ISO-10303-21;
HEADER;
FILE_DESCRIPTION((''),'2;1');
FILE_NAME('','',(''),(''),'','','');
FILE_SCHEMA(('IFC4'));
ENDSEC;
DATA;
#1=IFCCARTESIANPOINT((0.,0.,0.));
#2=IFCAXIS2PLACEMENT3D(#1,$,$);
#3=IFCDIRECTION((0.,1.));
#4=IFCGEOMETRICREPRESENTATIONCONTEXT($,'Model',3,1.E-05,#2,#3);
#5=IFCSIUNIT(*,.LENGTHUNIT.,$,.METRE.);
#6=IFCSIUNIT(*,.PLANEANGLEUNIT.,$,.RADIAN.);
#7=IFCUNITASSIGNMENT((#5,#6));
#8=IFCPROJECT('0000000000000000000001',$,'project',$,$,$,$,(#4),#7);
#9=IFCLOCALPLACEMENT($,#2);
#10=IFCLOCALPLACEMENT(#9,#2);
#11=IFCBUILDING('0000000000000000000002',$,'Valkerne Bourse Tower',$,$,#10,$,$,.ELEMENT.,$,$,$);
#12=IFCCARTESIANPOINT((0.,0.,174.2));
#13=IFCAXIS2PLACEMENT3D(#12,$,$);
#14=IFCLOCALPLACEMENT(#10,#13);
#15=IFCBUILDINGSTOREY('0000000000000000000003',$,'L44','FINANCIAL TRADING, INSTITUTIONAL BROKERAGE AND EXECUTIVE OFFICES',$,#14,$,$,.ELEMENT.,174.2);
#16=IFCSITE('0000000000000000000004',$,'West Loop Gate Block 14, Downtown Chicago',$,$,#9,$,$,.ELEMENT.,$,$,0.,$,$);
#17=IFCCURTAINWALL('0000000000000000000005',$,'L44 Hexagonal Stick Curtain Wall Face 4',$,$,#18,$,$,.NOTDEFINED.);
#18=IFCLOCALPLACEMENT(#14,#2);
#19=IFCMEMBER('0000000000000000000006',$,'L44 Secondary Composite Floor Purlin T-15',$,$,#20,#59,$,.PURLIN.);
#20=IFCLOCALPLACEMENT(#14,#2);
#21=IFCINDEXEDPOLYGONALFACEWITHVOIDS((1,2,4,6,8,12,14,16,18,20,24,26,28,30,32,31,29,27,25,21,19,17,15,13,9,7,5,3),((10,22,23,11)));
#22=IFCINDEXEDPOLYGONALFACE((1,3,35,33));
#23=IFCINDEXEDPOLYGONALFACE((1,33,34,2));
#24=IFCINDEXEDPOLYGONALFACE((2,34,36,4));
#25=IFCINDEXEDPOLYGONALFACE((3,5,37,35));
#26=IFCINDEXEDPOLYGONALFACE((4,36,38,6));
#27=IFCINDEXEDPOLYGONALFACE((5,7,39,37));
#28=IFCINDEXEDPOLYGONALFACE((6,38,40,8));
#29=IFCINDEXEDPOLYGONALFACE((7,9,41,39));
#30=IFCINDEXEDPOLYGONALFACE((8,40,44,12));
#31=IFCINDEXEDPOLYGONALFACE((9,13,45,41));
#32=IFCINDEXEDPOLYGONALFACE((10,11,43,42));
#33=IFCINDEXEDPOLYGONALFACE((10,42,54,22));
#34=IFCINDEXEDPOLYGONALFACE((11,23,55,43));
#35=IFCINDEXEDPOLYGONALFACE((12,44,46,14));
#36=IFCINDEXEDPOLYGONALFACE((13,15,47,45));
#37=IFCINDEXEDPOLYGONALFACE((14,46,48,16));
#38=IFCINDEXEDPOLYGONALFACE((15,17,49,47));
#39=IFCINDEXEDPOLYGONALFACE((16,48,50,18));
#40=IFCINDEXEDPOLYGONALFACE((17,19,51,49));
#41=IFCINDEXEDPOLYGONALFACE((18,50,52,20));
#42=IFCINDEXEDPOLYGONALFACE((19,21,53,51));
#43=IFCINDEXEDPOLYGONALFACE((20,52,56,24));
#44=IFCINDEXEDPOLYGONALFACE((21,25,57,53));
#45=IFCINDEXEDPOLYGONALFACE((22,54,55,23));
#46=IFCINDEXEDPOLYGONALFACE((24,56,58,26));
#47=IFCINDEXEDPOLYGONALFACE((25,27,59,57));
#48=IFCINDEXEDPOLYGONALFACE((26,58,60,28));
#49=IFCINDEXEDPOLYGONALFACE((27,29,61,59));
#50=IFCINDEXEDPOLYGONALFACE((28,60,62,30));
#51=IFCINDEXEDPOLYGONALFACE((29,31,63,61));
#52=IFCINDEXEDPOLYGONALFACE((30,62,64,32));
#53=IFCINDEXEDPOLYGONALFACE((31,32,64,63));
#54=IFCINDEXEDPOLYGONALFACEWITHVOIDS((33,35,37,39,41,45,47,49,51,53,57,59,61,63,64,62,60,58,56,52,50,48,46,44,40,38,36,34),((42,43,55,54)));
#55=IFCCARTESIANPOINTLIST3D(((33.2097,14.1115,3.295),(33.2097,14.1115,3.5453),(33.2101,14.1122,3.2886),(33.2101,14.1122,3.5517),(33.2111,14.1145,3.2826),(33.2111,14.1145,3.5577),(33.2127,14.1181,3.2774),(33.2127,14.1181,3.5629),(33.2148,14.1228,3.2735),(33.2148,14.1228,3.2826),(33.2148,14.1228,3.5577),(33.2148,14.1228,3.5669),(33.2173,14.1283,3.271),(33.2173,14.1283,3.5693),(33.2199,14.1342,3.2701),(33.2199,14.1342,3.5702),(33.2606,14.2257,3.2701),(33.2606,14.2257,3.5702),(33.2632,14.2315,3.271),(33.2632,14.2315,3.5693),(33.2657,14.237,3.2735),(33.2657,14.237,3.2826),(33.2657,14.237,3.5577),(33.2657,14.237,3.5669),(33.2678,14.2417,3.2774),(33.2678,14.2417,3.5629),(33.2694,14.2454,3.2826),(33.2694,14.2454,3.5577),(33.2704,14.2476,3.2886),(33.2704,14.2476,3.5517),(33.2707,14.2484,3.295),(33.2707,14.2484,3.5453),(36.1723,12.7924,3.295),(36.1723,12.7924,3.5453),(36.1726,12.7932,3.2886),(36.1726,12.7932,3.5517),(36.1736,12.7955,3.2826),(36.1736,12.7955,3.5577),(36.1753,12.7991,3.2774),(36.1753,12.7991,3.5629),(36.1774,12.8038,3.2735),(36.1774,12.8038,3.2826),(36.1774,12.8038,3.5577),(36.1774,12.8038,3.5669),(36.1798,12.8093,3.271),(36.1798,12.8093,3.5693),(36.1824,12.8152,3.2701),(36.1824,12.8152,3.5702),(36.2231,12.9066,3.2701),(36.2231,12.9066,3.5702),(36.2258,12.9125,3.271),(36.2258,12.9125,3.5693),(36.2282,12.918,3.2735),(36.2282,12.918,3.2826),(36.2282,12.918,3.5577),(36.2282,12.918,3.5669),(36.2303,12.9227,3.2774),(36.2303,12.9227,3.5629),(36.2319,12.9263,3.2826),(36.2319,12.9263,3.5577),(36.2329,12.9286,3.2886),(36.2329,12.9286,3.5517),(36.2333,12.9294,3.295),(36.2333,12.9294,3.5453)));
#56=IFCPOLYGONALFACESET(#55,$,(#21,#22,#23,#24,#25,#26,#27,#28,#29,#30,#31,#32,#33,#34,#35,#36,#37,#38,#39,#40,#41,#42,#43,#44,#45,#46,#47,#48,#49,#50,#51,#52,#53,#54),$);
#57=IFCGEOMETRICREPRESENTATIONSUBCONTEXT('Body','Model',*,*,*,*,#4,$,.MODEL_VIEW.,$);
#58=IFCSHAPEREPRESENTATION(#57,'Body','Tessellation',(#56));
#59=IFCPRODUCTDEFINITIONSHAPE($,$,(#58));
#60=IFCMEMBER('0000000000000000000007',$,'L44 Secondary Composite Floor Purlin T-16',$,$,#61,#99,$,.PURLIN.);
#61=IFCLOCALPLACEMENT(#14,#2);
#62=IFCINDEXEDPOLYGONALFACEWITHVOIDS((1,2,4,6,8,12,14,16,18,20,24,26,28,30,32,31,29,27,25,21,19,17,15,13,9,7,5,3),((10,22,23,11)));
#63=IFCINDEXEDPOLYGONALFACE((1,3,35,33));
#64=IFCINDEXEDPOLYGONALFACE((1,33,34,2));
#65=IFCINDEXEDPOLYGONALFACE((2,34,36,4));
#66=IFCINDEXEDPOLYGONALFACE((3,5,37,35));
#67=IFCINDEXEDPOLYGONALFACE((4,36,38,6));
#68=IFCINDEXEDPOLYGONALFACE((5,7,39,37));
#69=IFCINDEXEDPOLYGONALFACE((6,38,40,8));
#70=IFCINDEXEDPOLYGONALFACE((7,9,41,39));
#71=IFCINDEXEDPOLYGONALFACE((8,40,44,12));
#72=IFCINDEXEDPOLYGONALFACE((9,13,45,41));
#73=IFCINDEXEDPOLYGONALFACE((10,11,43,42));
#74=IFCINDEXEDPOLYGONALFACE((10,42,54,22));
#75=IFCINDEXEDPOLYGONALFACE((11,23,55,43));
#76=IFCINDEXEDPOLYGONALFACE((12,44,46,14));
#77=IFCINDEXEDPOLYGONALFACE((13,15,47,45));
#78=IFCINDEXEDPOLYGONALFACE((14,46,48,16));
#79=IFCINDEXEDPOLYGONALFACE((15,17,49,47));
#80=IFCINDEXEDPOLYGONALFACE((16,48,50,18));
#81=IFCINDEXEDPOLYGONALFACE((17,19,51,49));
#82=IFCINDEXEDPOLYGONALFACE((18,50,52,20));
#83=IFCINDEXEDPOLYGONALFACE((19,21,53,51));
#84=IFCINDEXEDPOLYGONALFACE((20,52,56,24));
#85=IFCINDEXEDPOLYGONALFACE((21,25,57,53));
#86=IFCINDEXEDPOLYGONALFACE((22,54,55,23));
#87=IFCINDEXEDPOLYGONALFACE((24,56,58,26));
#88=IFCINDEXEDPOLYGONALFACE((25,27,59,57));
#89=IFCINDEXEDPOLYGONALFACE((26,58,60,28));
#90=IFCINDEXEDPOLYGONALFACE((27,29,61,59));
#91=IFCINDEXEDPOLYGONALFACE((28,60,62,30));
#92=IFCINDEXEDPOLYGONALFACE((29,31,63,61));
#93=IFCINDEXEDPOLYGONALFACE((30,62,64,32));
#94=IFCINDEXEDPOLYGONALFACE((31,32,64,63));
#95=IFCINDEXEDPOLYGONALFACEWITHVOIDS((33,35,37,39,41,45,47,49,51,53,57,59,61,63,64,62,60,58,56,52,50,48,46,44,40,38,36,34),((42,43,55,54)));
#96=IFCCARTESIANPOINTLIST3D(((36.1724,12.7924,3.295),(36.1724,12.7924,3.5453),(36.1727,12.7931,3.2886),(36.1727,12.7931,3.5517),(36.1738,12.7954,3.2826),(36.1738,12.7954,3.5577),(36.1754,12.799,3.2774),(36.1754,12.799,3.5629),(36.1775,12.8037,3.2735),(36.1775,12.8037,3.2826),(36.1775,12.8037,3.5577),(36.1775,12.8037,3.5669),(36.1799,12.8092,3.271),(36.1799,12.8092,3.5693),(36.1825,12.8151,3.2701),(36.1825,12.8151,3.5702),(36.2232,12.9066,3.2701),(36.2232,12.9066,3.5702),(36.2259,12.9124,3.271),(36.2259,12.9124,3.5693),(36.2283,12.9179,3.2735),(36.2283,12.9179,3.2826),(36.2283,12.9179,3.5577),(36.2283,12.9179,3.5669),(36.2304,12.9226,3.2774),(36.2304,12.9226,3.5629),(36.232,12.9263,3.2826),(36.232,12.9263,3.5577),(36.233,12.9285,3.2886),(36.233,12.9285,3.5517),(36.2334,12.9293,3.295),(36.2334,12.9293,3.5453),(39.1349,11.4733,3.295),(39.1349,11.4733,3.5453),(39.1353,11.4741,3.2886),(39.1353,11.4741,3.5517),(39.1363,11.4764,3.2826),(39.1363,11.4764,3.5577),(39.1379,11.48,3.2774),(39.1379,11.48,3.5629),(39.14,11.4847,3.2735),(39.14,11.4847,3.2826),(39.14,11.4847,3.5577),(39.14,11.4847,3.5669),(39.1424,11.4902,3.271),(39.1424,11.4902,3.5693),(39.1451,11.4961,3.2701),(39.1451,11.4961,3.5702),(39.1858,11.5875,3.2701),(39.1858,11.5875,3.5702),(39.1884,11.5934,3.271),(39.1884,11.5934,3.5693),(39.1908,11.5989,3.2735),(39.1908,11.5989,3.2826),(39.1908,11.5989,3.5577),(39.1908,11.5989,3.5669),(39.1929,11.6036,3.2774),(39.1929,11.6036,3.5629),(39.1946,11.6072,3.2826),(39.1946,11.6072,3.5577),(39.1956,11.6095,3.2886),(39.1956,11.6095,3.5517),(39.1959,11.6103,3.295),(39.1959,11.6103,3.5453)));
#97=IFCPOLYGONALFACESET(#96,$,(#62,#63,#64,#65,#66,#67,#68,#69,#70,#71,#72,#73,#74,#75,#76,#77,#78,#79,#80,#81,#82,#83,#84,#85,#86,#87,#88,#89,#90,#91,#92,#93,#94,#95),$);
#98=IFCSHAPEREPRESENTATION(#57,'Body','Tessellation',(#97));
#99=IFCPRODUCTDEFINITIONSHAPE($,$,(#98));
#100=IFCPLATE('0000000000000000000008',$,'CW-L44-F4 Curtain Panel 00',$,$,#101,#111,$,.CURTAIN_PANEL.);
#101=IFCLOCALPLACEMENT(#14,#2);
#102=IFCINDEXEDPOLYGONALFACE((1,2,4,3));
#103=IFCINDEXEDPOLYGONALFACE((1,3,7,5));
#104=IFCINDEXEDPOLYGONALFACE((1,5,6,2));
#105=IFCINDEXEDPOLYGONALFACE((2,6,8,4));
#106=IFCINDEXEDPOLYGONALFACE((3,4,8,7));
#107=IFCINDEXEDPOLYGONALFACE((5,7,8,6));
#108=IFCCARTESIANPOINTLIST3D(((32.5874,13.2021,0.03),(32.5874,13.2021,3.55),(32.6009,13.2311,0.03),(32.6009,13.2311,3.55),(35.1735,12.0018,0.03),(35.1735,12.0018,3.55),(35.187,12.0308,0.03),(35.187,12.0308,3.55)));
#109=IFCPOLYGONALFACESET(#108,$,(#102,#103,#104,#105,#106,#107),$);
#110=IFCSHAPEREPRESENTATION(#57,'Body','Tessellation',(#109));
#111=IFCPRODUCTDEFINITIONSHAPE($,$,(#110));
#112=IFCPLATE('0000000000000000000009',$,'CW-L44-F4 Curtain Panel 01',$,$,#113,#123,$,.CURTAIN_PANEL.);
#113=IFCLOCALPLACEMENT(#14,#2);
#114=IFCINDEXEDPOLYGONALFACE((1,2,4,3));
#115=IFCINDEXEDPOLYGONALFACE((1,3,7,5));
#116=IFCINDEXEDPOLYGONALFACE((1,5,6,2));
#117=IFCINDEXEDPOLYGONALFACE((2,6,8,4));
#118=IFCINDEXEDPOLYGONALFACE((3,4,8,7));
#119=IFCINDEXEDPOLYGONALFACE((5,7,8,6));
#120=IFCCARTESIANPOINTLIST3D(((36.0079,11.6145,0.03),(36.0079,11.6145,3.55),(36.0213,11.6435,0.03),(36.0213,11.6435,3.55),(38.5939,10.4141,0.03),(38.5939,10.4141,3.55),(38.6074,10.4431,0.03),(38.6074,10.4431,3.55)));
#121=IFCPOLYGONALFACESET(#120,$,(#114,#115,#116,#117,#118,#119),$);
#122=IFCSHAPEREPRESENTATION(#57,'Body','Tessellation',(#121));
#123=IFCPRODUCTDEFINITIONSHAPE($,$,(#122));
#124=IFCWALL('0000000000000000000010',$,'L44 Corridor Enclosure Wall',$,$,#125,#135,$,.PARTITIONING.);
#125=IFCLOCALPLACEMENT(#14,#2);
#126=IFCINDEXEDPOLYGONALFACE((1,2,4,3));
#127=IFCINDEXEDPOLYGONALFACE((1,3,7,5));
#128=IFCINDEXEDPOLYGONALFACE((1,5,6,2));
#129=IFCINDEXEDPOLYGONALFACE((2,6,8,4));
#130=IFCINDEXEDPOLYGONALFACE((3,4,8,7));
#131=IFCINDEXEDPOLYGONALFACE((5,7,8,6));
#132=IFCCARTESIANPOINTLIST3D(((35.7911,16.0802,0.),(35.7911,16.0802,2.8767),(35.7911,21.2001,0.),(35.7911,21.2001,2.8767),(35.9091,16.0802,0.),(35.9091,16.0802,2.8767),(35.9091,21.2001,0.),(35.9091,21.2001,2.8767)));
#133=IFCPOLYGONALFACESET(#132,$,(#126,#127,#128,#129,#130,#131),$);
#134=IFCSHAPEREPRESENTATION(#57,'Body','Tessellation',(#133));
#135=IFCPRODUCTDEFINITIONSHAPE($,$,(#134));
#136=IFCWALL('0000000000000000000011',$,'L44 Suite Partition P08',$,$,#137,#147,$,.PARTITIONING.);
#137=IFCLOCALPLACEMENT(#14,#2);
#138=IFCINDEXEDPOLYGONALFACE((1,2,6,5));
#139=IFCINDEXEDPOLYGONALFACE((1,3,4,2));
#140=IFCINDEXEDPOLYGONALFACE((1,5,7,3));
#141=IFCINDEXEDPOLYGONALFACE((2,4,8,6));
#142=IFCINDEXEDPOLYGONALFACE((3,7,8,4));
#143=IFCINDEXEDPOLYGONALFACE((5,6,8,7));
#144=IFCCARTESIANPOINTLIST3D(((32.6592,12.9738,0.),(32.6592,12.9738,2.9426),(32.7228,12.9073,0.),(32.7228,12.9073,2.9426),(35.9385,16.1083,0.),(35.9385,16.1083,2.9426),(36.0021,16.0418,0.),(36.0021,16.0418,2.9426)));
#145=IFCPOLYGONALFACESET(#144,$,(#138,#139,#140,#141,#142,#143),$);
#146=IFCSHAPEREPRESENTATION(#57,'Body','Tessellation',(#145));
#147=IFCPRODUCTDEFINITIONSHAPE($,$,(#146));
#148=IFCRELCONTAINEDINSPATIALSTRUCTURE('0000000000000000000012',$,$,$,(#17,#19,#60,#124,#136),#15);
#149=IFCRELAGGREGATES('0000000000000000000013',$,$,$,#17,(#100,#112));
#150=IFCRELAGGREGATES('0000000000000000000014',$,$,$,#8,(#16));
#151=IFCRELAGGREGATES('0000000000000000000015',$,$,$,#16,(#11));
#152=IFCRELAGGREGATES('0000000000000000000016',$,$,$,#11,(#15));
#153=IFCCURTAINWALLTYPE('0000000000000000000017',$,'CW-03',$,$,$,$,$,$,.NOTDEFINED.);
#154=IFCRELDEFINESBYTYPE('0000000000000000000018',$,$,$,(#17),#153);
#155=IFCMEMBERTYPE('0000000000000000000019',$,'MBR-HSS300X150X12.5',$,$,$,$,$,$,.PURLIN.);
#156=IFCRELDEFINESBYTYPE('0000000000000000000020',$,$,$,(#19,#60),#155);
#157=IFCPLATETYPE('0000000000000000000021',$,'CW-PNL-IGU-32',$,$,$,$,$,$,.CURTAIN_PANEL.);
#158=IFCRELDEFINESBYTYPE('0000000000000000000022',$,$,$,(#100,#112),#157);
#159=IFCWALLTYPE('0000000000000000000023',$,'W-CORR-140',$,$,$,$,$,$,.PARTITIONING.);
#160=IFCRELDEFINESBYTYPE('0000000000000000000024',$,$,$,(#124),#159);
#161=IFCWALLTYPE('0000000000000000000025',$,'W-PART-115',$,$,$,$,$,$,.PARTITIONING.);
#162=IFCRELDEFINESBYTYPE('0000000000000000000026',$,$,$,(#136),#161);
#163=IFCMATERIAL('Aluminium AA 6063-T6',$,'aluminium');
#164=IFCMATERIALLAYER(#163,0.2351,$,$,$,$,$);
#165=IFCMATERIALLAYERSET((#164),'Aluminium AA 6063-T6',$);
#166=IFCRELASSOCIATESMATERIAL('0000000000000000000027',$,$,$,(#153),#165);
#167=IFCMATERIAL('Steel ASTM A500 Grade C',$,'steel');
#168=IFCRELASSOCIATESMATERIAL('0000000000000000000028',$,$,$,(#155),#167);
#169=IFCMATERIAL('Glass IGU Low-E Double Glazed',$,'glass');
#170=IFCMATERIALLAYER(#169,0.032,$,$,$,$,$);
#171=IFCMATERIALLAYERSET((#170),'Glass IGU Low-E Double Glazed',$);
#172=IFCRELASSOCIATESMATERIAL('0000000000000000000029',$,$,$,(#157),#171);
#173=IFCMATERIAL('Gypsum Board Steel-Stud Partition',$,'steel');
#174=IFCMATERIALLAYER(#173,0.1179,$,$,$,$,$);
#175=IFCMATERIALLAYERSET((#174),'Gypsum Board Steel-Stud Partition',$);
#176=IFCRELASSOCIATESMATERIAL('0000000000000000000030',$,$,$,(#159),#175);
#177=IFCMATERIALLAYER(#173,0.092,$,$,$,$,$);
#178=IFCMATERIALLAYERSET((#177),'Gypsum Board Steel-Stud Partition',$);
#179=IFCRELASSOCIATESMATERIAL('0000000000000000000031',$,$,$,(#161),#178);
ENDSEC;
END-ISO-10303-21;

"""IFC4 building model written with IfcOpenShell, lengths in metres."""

from ifc_helpers import new_model, si_unit, direction, frame, frame_2d, origin, origin_2d, place, context, subcontext, project, spatial, rectangle, hollow_rectangle, extrude, material, layer, layer_set, material_profile, profile_set, type_object, element, aggregate, save


model = new_model("IFC4")

# Units and contexts
model_context = context("Model", 3, precision=1e-05, world=origin(), true_north=direction((0.0, 1.0)))
body_context = subcontext(model_context, "Body", "Model", "MODEL_VIEW")
ifc_project = project(units=[si_unit("LENGTHUNIT", "METRE"), si_unit("PLANEANGLEUNIT", "RADIAN")], contexts=[model_context])

# Site, building, storey
site_placement = place(None, origin())
site = spatial("IfcSite", under=ifc_project, at=site_placement, Name="West Loop Gate Block 14, Downtown Chicago", CompositionType="ELEMENT", RefElevation=0.0)
building_placement = place(site_placement, origin())
building = spatial("IfcBuilding", under=site, at=building_placement, Name="Valkerne Bourse Tower", CompositionType="ELEMENT")
storey_placement = place(building_placement, frame((0.0, 0.0, 174.2)))
storey = spatial("IfcBuildingStorey", under=building, at=storey_placement, Name="L44", Description="FINANCIAL TRADING, INSTITUTIONAL BROKERAGE AND EXECUTIVE OFFICES", CompositionType="ELEMENT", Elevation=174.2)

# Curtain wall
ifc_material_1 = material(Name="Aluminium AA 6063-T6", Category="aluminium")
ifc_layer_1 = layer(ifc_material_1, 0.2351)
ifc_layer_set_1 = layer_set([ifc_layer_1], Name="Aluminium AA 6063-T6")
curtain_wall_type = type_object("IfcCurtainWallType", Name="CW-03", PredefinedType="NOTDEFINED", material=ifc_layer_set_1)
curtain_wall_placement = place(storey_placement, origin())
curtain_wall = element("IfcCurtainWall", 1, at=curtain_wall_placement, inside=storey, type_object=curtain_wall_type, Name="L44 Hexagonal Stick Curtain Wall Face 4", PredefinedType="NOTDEFINED")

# Members
ifc_material_2 = material(Name="Steel ASTM A500 Grade C", Category="steel")
ifc_material_profile_1 = material_profile(ifc_material_2, hollow_rectangle(XDim=0.1499, YDim=0.3, WallThickness=0.0125, OuterFilletRadius=0.0249, at=origin_2d()), Name="HSS300X150X12.5")
ifc_profile_set_1 = profile_set([ifc_material_profile_1], Name="Steel ASTM A500 Grade C")
member_type_1 = type_object("IfcMemberType", Name="MBR-HSS300X150X12.5", PredefinedType="PURLIN", material=ifc_profile_set_1)
for number, where, z_axis, x_axis, name in (
    (2, (33.2402, 14.1799, 3.4202), (0.913541, -0.406746, 0.0), (0.406746, 0.913541, 0.0), "L44 Secondary Composite Floor Purlin T-15"),
    (3, (36.2029, 12.8608, 3.4202), (0.913541, -0.406746, 0.0), (0.406746, 0.913541, 0.0), "L44 Secondary Composite Floor Purlin T-16"),
):
    element("IfcMember", number, at=place(storey_placement, frame(where, z_axis=z_axis, x_axis=x_axis)), inside=storey, type_object=member_type_1, Name=name, PredefinedType="PURLIN", context=body_context, shape_type="SweptSolid", body=[
        extrude(hollow_rectangle(XDim=0.1499, YDim=0.3, WallThickness=0.0125, OuterFilletRadius=0.0249, at=origin_2d()), origin(), (0.0, 0.0, 1.0), 3.2429),
    ])

# Plates
ifc_material_3 = material(Name="Glass IGU Low-E Double Glazed", Category="glass")
ifc_layer_2 = layer(ifc_material_3, 0.032)
ifc_layer_set_2 = layer_set([ifc_layer_2], Name="Glass IGU Low-E Double Glazed")
plate_type = type_object("IfcPlateType", Name="CW-PNL-IGU-32", PredefinedType="CURTAIN_PANEL", material=ifc_layer_set_2)
plate_1_placement = place(storey_placement, frame((33.8872, 12.6165, 0.03), z_axis=(0.0, 0.0, 1.0), x_axis=(0.907048, -0.421026, 0.0)))
plate_1 = element("IfcPlate", 4, at=plate_1_placement, type_object=plate_type, Name="CW-L44-F4 Curtain Panel 00", PredefinedType="CURTAIN_PANEL", context=body_context, shape_type="SweptSolid", body=[
    extrude(rectangle(XDim=2.8511, YDim=0.032, at=origin_2d()), origin(), (0.0, 0.0, 1.0), 3.52),
])
plate_2_placement = place(storey_placement, frame((37.3076, 11.0288, 0.03), z_axis=(0.0, 0.0, 1.0), x_axis=(0.907044, -0.421037, 0.0)))
plate_2 = element("IfcPlate", 5, at=plate_2_placement, type_object=plate_type, Name="CW-L44-F4 Curtain Panel 01", PredefinedType="CURTAIN_PANEL", context=body_context, shape_type="SweptSolid", body=[
    extrude(rectangle(XDim=2.8511, YDim=0.032, at=origin_2d()), origin(), (0.0, 0.0, 1.0), 3.52),
])
aggregate(curtain_wall, [plate_1, plate_2])

# Walls
ifc_material_4 = material(Name="Gypsum Board Steel-Stud Partition", Category="steel")
ifc_layer_3 = layer(ifc_material_4, 0.1179)
ifc_layer_set_3 = layer_set([ifc_layer_3], Name="Gypsum Board Steel-Stud Partition")
wall_type_1 = type_object("IfcWallType", Name="W-CORR-140", PredefinedType="PARTITIONING", material=ifc_layer_set_3)
wall_1_placement = place(storey_placement, frame((35.8501, 16.0801, 0.0), z_axis=(0.0, 0.0, 1.0), x_axis=(0.0, 1.0, 0.0)))
element("IfcWall", 6, at=wall_1_placement, inside=storey, type_object=wall_type_1, Name="L44 Corridor Enclosure Wall", PredefinedType="PARTITIONING", context=body_context, shape_type="SweptSolid", body=[
    extrude(rectangle(XDim=5.1199, YDim=0.1179, at=frame_2d((2.5601, 0.0))), origin(), (0.0, 0.0, 1.0), 2.8767),
])
ifc_layer_4 = layer(ifc_material_4, 0.092)
ifc_layer_set_4 = layer_set([ifc_layer_4], Name="Gypsum Board Steel-Stud Partition")
wall_type_2 = type_object("IfcWallType", Name="W-PART-115", PredefinedType="PARTITIONING", material=ifc_layer_set_4)
wall_2_placement = place(storey_placement, frame((35.9702, 16.075, 0.0), z_axis=(0.0, 0.0, 1.0), x_axis=(-0.722884, -0.69097, 0.0)))
element("IfcWall", 7, at=wall_2_placement, inside=storey, type_object=wall_type_2, Name="L44 Suite Partition P08", PredefinedType="PARTITIONING", context=body_context, shape_type="SweptSolid", body=[
    extrude(rectangle(XDim=4.5364, YDim=0.092, at=frame_2d((2.2681, 0.0))), origin(), (0.0, 0.0, 1.0), 2.9426),
])

save(model, "model.ifc")
